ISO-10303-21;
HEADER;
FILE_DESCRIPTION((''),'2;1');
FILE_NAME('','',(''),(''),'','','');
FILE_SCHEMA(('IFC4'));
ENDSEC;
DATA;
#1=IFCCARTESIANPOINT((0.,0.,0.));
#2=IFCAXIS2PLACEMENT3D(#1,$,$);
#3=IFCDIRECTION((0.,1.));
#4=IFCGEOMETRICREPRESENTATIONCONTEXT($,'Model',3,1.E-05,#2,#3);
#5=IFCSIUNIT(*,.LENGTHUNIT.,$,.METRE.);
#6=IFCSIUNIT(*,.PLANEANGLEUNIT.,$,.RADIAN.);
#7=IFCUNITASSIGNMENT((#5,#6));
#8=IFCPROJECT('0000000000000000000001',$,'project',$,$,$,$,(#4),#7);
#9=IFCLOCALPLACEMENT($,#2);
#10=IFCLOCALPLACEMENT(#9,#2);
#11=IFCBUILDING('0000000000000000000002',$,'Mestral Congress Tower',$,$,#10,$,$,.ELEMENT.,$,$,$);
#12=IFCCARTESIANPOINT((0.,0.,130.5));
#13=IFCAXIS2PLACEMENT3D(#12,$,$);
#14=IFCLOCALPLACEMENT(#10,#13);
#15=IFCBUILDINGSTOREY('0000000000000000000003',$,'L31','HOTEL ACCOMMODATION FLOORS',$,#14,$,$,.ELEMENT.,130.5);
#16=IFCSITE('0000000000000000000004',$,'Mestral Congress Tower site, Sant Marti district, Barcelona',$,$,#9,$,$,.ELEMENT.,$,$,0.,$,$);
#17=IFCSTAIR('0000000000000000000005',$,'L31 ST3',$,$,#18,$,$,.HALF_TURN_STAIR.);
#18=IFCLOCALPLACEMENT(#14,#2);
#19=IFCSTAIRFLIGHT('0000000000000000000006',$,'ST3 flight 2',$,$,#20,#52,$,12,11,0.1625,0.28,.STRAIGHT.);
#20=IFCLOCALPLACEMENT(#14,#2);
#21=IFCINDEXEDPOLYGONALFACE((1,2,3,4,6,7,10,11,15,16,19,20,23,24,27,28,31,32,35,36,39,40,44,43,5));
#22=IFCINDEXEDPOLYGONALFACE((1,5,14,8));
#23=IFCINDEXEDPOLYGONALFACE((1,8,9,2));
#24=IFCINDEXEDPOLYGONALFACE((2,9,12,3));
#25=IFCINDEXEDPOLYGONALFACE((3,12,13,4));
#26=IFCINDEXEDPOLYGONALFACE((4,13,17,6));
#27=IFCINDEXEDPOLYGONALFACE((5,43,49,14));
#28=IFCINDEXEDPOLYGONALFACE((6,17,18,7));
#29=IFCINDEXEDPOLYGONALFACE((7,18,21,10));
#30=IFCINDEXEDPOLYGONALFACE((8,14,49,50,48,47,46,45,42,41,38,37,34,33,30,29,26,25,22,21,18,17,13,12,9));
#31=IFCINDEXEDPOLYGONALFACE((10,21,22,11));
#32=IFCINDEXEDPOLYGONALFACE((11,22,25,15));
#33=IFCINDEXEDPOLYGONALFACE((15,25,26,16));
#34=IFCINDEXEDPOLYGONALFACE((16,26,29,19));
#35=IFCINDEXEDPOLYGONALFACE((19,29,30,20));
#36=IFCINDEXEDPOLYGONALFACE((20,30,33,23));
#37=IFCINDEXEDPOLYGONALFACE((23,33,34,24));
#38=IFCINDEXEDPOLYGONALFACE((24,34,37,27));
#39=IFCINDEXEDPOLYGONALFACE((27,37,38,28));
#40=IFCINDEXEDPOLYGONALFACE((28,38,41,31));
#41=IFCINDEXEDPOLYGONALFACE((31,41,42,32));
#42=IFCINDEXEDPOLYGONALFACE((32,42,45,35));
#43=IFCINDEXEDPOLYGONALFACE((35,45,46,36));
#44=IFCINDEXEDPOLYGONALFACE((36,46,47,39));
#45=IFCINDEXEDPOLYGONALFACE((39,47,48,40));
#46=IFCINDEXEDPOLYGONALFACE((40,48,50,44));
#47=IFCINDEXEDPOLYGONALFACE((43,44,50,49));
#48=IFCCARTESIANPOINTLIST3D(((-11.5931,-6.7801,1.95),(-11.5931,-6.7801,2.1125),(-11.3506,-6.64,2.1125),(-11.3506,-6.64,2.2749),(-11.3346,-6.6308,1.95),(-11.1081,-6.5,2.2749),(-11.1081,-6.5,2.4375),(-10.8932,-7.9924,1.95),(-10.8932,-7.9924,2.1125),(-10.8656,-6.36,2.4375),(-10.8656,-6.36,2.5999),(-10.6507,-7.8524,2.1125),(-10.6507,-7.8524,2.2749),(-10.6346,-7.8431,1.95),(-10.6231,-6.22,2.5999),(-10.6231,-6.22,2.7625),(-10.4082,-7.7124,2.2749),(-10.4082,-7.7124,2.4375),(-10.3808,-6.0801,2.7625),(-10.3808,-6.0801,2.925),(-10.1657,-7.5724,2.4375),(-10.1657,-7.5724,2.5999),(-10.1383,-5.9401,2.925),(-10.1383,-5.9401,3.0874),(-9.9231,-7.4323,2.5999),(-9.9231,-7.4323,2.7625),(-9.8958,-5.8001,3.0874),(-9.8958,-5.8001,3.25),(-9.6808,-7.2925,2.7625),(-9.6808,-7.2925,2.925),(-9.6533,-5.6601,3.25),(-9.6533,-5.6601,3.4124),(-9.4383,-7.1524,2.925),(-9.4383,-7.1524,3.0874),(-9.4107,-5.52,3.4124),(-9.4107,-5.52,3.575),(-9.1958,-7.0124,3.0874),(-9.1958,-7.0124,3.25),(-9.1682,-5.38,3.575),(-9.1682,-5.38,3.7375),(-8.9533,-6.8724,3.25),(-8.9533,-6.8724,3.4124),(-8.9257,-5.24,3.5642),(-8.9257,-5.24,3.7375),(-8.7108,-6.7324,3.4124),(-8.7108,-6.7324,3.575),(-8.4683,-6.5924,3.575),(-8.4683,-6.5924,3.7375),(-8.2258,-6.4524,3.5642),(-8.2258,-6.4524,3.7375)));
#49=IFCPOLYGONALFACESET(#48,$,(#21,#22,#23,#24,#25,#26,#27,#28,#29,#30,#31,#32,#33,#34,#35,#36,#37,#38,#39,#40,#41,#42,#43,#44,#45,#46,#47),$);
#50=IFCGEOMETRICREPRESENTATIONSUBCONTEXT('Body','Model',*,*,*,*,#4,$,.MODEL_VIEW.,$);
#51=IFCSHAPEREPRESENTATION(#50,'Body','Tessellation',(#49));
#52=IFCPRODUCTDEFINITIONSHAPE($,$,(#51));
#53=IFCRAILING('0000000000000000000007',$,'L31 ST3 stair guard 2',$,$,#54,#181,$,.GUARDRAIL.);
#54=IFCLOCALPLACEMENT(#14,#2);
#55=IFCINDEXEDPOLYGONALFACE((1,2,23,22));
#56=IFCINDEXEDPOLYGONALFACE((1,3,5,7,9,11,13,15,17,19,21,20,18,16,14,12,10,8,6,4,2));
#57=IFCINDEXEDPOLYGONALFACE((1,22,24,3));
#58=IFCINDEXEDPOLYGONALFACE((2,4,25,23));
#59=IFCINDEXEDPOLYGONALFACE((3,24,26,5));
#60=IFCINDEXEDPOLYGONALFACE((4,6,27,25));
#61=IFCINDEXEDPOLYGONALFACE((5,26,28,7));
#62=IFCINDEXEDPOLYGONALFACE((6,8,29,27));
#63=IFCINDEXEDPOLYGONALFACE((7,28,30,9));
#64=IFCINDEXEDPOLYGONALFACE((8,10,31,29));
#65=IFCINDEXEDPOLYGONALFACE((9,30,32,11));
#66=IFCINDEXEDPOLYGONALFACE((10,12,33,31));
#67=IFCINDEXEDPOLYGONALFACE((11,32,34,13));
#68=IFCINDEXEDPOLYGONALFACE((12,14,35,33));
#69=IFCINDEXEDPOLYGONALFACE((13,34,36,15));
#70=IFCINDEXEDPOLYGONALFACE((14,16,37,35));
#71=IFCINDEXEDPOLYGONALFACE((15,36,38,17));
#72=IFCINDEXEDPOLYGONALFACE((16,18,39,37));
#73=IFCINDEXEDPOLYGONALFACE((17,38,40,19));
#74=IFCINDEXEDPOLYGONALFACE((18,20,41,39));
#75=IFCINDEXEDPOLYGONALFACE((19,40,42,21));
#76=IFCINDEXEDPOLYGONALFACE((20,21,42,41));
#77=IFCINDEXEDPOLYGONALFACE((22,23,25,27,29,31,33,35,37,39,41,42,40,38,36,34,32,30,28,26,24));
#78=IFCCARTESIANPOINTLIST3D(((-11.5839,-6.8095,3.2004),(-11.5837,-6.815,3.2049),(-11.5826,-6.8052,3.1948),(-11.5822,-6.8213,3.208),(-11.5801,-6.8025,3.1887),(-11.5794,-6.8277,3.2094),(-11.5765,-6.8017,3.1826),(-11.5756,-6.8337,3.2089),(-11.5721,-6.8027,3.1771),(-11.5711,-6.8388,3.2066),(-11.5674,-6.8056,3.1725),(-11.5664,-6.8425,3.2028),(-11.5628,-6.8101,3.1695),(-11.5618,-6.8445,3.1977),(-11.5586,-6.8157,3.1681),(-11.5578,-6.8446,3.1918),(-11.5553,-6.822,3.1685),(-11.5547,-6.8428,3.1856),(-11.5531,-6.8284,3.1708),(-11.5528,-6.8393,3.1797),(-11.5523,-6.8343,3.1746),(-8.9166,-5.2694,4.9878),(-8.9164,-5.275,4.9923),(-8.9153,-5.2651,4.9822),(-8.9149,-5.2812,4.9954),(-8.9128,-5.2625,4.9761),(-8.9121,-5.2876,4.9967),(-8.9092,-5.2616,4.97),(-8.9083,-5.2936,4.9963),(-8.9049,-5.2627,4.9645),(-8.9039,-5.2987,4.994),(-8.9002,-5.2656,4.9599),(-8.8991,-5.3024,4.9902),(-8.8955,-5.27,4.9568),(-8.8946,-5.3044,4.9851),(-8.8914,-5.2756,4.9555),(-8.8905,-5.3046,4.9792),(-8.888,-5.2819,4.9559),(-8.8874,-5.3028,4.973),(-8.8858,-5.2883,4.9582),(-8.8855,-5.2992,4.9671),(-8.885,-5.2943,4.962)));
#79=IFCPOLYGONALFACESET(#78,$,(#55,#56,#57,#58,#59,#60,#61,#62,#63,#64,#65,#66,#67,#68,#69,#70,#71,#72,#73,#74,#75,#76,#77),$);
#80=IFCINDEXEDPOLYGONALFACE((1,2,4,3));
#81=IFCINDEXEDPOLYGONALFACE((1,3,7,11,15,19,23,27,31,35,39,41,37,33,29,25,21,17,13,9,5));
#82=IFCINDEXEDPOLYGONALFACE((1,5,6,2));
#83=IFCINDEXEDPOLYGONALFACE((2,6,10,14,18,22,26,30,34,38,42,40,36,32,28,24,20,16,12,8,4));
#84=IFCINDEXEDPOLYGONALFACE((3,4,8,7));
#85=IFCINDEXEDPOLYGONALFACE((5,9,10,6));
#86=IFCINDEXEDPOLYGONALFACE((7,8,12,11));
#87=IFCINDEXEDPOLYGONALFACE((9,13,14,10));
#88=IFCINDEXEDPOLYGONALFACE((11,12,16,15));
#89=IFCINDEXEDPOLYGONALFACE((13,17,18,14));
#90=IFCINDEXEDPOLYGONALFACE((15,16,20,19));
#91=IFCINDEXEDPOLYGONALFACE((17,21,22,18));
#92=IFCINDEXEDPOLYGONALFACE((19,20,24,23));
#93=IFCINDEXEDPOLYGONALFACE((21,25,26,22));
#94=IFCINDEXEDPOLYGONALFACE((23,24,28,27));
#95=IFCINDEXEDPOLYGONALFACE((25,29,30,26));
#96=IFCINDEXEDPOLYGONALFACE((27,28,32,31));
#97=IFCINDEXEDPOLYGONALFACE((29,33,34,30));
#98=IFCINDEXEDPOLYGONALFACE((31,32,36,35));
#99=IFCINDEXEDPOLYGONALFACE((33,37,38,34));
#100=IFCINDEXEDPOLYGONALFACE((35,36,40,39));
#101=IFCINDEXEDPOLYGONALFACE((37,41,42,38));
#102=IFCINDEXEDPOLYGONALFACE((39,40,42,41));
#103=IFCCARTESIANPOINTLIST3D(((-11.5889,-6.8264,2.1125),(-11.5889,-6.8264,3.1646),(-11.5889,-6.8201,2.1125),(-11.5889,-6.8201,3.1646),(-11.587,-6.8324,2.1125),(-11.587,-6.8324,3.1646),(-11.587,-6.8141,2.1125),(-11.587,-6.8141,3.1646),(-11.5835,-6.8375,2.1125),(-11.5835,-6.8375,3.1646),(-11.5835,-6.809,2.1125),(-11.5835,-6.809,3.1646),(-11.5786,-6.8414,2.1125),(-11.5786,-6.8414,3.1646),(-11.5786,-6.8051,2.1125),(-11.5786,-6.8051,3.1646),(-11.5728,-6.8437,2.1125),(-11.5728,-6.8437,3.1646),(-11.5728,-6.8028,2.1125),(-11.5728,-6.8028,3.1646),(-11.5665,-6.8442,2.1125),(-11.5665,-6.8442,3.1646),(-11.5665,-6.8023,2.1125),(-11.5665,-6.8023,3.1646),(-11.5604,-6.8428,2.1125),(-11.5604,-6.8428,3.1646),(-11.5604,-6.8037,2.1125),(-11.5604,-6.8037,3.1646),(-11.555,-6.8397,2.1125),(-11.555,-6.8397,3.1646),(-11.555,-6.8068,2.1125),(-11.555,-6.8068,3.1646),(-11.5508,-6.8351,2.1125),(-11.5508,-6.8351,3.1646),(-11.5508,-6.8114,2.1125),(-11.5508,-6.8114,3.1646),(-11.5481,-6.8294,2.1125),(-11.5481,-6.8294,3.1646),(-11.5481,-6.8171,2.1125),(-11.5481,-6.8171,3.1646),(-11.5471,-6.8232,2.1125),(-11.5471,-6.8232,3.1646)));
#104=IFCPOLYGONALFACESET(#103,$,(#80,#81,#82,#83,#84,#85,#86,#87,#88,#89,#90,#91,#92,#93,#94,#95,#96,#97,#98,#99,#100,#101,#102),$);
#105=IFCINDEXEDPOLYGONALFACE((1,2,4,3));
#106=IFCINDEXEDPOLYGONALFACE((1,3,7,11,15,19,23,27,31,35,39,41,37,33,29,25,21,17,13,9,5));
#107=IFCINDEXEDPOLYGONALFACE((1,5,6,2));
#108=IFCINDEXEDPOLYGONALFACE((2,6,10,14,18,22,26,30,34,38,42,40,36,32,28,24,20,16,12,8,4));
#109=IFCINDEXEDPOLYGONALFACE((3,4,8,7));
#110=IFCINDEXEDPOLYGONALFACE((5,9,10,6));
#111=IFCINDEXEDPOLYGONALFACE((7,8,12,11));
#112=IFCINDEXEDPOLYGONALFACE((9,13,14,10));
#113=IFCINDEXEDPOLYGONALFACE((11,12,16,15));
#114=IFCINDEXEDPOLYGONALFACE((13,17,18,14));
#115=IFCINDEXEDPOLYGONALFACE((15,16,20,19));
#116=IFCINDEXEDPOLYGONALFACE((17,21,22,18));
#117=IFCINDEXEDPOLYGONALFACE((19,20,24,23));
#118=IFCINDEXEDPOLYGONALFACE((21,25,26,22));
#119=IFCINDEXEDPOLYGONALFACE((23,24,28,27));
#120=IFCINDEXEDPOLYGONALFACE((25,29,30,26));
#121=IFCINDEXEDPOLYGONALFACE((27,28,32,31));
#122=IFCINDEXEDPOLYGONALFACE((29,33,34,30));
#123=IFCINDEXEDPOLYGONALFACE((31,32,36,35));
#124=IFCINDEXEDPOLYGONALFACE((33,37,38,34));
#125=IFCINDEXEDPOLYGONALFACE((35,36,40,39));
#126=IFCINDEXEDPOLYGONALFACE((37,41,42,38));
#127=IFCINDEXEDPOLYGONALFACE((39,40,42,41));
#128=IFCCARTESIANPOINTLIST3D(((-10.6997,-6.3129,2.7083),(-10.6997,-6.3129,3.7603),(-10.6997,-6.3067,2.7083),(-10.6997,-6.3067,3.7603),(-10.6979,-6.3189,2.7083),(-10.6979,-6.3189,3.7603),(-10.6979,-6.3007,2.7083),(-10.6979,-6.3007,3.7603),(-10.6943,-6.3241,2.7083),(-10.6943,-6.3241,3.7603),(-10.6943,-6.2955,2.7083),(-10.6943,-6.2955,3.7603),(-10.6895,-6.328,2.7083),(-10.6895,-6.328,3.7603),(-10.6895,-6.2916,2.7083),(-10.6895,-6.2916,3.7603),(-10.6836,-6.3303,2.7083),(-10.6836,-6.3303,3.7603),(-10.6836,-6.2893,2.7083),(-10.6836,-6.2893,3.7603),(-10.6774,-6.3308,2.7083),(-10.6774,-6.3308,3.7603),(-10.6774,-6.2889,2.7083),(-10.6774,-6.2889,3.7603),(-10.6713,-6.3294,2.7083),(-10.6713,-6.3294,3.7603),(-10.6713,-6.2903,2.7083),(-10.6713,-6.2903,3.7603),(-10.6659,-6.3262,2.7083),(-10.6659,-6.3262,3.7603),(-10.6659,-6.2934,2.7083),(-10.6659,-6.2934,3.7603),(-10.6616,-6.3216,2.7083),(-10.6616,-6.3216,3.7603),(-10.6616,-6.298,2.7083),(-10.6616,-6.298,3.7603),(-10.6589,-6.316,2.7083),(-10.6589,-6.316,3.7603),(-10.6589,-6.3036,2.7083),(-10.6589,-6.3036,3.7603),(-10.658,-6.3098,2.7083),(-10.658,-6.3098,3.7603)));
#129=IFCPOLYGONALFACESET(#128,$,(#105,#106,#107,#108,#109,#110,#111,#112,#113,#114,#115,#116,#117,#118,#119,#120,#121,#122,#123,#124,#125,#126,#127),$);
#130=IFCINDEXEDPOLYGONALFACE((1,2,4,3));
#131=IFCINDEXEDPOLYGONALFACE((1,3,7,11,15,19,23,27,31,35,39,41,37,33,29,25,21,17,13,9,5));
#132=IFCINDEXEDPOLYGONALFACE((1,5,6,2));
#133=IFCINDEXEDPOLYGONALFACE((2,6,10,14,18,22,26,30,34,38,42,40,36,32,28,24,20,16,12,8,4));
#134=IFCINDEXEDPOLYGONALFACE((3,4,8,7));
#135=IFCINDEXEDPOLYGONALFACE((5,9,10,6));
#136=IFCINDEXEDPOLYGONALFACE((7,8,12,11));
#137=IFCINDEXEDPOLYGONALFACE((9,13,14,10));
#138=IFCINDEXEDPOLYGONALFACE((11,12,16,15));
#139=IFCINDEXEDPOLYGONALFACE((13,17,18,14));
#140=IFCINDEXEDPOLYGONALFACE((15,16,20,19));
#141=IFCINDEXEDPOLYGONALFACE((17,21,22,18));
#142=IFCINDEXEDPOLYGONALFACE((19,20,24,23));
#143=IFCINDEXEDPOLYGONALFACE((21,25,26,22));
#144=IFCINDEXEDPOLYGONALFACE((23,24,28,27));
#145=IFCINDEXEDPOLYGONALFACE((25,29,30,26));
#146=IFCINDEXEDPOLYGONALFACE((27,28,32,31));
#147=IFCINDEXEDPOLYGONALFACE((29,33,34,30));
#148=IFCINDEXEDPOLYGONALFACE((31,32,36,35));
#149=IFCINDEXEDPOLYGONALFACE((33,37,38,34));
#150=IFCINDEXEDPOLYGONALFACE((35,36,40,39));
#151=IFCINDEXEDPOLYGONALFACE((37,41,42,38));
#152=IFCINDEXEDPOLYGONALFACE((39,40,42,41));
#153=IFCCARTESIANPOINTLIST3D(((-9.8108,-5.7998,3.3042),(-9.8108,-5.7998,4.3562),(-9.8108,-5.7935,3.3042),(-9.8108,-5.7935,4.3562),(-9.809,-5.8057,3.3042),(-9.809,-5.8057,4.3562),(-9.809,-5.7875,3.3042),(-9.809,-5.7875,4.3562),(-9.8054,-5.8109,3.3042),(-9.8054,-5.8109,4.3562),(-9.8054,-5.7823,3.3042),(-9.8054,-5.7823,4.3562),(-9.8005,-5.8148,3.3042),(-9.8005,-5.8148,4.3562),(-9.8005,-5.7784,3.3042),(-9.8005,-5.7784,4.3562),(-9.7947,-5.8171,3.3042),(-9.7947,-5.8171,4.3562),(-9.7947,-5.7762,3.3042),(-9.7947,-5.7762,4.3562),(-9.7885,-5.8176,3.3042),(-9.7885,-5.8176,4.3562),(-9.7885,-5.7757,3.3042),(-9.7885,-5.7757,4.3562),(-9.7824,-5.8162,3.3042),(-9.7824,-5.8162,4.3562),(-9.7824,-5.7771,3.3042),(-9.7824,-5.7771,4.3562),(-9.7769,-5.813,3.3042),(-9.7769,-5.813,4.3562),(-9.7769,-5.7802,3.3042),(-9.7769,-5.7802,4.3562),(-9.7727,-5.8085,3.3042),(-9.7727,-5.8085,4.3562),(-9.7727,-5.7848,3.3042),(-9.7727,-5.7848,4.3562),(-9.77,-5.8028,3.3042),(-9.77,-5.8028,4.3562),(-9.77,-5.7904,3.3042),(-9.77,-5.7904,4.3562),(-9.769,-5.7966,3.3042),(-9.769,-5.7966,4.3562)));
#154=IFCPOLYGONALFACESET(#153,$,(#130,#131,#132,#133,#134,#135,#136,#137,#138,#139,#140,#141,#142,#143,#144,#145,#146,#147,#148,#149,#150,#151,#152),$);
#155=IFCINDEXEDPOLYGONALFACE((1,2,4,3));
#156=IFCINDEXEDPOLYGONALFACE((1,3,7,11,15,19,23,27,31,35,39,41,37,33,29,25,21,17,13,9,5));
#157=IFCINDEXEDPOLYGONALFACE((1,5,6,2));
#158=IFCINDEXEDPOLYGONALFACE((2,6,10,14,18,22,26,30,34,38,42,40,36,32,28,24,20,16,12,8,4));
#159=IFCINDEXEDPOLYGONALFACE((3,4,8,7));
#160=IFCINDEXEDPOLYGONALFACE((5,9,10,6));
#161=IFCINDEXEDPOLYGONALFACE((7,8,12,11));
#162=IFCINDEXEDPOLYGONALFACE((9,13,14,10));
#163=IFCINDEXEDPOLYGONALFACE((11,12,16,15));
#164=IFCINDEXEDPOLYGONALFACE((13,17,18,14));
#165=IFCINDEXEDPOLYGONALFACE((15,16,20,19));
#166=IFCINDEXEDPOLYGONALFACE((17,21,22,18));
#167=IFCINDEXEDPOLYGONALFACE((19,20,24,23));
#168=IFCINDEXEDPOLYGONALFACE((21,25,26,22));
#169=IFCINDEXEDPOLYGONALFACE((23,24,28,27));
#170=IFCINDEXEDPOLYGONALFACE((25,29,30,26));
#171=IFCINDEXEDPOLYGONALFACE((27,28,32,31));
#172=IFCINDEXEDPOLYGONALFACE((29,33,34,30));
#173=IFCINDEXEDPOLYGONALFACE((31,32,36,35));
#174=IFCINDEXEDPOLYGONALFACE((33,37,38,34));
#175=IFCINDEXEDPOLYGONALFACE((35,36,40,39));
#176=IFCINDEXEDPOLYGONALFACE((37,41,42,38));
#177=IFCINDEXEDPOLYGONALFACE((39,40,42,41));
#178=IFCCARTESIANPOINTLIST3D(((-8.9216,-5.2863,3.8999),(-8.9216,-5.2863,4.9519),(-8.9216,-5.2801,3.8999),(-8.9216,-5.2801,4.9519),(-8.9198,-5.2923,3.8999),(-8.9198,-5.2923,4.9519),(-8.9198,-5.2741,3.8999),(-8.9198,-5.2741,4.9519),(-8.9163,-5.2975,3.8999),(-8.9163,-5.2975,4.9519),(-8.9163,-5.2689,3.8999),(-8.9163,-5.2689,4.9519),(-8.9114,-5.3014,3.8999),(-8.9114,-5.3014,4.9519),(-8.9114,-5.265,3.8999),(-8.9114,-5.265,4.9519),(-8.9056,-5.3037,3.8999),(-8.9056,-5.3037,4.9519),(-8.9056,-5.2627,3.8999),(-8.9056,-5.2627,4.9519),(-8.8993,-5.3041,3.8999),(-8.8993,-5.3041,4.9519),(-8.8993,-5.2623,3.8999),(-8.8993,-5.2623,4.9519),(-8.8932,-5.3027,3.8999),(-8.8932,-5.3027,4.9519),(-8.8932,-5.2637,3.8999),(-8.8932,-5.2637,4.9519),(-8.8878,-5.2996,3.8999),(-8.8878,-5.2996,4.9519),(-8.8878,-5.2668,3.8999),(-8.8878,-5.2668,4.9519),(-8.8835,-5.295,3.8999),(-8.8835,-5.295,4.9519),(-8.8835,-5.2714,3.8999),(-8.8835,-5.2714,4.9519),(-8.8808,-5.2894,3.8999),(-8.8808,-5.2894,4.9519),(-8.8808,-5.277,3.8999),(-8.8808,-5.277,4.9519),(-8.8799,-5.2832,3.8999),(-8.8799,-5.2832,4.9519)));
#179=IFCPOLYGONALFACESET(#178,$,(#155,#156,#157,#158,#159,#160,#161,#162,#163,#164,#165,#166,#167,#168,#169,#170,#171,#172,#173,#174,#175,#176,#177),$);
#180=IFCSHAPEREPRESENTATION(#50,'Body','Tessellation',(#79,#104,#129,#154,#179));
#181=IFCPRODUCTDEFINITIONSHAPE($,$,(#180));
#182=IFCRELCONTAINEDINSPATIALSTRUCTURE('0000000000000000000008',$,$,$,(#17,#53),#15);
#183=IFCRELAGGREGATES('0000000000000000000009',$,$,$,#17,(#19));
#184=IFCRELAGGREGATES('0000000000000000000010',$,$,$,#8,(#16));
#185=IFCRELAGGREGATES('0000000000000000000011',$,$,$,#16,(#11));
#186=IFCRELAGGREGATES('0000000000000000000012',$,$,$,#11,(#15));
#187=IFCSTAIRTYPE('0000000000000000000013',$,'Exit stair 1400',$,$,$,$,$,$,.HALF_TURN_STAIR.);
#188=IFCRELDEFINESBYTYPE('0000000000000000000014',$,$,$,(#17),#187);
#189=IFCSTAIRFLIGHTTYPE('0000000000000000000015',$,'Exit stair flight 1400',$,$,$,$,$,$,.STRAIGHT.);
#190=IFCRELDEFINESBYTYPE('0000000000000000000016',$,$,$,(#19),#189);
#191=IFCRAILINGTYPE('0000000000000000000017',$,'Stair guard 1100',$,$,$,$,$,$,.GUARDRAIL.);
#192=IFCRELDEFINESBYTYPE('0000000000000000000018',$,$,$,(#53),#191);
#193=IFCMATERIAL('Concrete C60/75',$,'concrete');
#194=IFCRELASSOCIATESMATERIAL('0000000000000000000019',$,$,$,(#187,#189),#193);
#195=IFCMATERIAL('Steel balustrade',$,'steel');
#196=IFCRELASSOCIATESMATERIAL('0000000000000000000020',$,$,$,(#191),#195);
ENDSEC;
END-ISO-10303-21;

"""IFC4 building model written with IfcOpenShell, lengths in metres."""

from ifc_helpers import new_model, si_unit, direction, frame, origin, origin_2d, place, context, subcontext, project, spatial, polyline, circle, outline, extrude, material, type_object, element, aggregate, save


model = new_model("IFC4")

# Units and contexts
model_context = context("Model", 3, precision=1e-05, world=origin(), true_north=direction((0.0, 1.0)))
body_context = subcontext(model_context, "Body", "Model", "MODEL_VIEW")
ifc_project = project(units=[si_unit("LENGTHUNIT", "METRE"), si_unit("PLANEANGLEUNIT", "RADIAN")], contexts=[model_context])

# Site, building, storey
site_placement = place(None, origin())
site = spatial("IfcSite", under=ifc_project, at=site_placement, Name="Mestral Congress Tower site, Sant Marti district, Barcelona", CompositionType="ELEMENT", RefElevation=0.0)
building_placement = place(site_placement, origin())
building = spatial("IfcBuilding", under=site, at=building_placement, Name="Mestral Congress Tower", CompositionType="ELEMENT")
storey_placement = place(building_placement, frame((0.0, 0.0, 130.5)))
storey = spatial("IfcBuildingStorey", under=building, at=storey_placement, Name="L31", Description="HOTEL ACCOMMODATION FLOORS", CompositionType="ELEMENT", Elevation=130.5)

# Shared definitions
ifc_material_1 = material(Name="Concrete C60/75", Category="concrete")

# Stair, stair flight
stair_type = type_object("IfcStairType", Name="Exit stair 1400", PredefinedType="HALF_TURN_STAIR", material=ifc_material_1)
stair_placement = place(storey_placement, origin())
stair = element("IfcStair", 1, at=stair_placement, inside=storey, type_object=stair_type, Name="L31 ST3", PredefinedType="HALF_TURN_STAIR")
stair_flight_type = type_object("IfcStairFlightType", Name="Exit stair flight 1400", PredefinedType="STRAIGHT", material=ifc_material_1)
stair_flight_placement = place(storey_placement, frame((-11.2432, -7.3862, 1.95), z_axis=(0.0, 0.0, 1.0), x_axis=(0.866025, 0.5, 0.0)))
stair_flight = element("IfcStairFlight", 2, at=stair_flight_placement, type_object=stair_flight_type, Name="ST3 flight 2", NumberOfRisers=12, NumberOfTreads=11, PredefinedType="STRAIGHT", RiserHeight=0.1625, TreadLength=0.28, context=body_context, shape_type="SweptSolid", body=[
    extrude(outline(polyline([(0.0, 0.0), (0.0, 0.1626), (0.28, 0.1626), (0.28, 0.325), (0.5601, 0.325), (0.5601, 0.4875), (0.8401, 0.4875), (0.8401, 0.6499), (1.1201, 0.6499), (1.1201, 0.8125), (1.3999, 0.8125), (1.3999, 0.9751), (1.6799, 0.9751), (1.6799, 1.1375), (1.96, 1.1375), (1.96, 1.3), (2.24, 1.3), (2.24, 1.4624), (2.52, 1.4624), (2.52, 1.625), (2.8, 1.625), (2.8, 1.7876), (3.0801, 1.7876), (3.0801, 1.95), (3.0801, 1.6143), (0.2986, 0.0), (0.0, 0.0)])), frame((0.0, 0.7, 0.0), z_axis=(0.0, -1.0, 0.0), x_axis=(1.0, 0.0, 0.0)), (0.0, 0.0, 1.0), 1.3999),
])
aggregate(stair, [stair_flight])

# Railing
ifc_material_2 = material(Name="Steel balustrade", Category="steel")
railing_type = type_object("IfcRailingType", Name="Stair guard 1100", PredefinedType="GUARDRAIL", material=ifc_material_2)
railing_placement = place(storey_placement, frame((-11.5681, -6.8232, 2.1125)))
element("IfcRailing", 3, at=railing_placement, inside=storey, type_object=railing_type, Name="L31 ST3 stair guard 2", PredefinedType="GUARDRAIL", context=body_context, shape_type="SweptSolid", body=[
    extrude(circle(Radius=0.0239, at=origin_2d()), frame((0.0, 0.0, 1.0762), z_axis=(0.74902, 0.432477, 0.501929), x_axis=(-0.500027, 0.86601, 0.0)), (0.0, 0.0, 1.0), 3.561),
    extrude(circle(Radius=0.021, at=origin_2d()), origin(), (0.0, 0.0, 1.0), 1.052),
    extrude(circle(Radius=0.021, at=origin_2d()), frame((0.8892, 0.5134, 0.5957)), (0.0, 0.0, 1.0), 1.052),
    extrude(circle(Radius=0.021, at=origin_2d()), frame((1.7781, 1.0266, 1.1917)), (0.0, 0.0, 1.0), 1.052),
    extrude(circle(Radius=0.021, at=origin_2d()), frame((2.6672, 1.54, 1.7874)), (0.0, 0.0, 1.0), 1.052),
])

save(model, "model.ifc")
